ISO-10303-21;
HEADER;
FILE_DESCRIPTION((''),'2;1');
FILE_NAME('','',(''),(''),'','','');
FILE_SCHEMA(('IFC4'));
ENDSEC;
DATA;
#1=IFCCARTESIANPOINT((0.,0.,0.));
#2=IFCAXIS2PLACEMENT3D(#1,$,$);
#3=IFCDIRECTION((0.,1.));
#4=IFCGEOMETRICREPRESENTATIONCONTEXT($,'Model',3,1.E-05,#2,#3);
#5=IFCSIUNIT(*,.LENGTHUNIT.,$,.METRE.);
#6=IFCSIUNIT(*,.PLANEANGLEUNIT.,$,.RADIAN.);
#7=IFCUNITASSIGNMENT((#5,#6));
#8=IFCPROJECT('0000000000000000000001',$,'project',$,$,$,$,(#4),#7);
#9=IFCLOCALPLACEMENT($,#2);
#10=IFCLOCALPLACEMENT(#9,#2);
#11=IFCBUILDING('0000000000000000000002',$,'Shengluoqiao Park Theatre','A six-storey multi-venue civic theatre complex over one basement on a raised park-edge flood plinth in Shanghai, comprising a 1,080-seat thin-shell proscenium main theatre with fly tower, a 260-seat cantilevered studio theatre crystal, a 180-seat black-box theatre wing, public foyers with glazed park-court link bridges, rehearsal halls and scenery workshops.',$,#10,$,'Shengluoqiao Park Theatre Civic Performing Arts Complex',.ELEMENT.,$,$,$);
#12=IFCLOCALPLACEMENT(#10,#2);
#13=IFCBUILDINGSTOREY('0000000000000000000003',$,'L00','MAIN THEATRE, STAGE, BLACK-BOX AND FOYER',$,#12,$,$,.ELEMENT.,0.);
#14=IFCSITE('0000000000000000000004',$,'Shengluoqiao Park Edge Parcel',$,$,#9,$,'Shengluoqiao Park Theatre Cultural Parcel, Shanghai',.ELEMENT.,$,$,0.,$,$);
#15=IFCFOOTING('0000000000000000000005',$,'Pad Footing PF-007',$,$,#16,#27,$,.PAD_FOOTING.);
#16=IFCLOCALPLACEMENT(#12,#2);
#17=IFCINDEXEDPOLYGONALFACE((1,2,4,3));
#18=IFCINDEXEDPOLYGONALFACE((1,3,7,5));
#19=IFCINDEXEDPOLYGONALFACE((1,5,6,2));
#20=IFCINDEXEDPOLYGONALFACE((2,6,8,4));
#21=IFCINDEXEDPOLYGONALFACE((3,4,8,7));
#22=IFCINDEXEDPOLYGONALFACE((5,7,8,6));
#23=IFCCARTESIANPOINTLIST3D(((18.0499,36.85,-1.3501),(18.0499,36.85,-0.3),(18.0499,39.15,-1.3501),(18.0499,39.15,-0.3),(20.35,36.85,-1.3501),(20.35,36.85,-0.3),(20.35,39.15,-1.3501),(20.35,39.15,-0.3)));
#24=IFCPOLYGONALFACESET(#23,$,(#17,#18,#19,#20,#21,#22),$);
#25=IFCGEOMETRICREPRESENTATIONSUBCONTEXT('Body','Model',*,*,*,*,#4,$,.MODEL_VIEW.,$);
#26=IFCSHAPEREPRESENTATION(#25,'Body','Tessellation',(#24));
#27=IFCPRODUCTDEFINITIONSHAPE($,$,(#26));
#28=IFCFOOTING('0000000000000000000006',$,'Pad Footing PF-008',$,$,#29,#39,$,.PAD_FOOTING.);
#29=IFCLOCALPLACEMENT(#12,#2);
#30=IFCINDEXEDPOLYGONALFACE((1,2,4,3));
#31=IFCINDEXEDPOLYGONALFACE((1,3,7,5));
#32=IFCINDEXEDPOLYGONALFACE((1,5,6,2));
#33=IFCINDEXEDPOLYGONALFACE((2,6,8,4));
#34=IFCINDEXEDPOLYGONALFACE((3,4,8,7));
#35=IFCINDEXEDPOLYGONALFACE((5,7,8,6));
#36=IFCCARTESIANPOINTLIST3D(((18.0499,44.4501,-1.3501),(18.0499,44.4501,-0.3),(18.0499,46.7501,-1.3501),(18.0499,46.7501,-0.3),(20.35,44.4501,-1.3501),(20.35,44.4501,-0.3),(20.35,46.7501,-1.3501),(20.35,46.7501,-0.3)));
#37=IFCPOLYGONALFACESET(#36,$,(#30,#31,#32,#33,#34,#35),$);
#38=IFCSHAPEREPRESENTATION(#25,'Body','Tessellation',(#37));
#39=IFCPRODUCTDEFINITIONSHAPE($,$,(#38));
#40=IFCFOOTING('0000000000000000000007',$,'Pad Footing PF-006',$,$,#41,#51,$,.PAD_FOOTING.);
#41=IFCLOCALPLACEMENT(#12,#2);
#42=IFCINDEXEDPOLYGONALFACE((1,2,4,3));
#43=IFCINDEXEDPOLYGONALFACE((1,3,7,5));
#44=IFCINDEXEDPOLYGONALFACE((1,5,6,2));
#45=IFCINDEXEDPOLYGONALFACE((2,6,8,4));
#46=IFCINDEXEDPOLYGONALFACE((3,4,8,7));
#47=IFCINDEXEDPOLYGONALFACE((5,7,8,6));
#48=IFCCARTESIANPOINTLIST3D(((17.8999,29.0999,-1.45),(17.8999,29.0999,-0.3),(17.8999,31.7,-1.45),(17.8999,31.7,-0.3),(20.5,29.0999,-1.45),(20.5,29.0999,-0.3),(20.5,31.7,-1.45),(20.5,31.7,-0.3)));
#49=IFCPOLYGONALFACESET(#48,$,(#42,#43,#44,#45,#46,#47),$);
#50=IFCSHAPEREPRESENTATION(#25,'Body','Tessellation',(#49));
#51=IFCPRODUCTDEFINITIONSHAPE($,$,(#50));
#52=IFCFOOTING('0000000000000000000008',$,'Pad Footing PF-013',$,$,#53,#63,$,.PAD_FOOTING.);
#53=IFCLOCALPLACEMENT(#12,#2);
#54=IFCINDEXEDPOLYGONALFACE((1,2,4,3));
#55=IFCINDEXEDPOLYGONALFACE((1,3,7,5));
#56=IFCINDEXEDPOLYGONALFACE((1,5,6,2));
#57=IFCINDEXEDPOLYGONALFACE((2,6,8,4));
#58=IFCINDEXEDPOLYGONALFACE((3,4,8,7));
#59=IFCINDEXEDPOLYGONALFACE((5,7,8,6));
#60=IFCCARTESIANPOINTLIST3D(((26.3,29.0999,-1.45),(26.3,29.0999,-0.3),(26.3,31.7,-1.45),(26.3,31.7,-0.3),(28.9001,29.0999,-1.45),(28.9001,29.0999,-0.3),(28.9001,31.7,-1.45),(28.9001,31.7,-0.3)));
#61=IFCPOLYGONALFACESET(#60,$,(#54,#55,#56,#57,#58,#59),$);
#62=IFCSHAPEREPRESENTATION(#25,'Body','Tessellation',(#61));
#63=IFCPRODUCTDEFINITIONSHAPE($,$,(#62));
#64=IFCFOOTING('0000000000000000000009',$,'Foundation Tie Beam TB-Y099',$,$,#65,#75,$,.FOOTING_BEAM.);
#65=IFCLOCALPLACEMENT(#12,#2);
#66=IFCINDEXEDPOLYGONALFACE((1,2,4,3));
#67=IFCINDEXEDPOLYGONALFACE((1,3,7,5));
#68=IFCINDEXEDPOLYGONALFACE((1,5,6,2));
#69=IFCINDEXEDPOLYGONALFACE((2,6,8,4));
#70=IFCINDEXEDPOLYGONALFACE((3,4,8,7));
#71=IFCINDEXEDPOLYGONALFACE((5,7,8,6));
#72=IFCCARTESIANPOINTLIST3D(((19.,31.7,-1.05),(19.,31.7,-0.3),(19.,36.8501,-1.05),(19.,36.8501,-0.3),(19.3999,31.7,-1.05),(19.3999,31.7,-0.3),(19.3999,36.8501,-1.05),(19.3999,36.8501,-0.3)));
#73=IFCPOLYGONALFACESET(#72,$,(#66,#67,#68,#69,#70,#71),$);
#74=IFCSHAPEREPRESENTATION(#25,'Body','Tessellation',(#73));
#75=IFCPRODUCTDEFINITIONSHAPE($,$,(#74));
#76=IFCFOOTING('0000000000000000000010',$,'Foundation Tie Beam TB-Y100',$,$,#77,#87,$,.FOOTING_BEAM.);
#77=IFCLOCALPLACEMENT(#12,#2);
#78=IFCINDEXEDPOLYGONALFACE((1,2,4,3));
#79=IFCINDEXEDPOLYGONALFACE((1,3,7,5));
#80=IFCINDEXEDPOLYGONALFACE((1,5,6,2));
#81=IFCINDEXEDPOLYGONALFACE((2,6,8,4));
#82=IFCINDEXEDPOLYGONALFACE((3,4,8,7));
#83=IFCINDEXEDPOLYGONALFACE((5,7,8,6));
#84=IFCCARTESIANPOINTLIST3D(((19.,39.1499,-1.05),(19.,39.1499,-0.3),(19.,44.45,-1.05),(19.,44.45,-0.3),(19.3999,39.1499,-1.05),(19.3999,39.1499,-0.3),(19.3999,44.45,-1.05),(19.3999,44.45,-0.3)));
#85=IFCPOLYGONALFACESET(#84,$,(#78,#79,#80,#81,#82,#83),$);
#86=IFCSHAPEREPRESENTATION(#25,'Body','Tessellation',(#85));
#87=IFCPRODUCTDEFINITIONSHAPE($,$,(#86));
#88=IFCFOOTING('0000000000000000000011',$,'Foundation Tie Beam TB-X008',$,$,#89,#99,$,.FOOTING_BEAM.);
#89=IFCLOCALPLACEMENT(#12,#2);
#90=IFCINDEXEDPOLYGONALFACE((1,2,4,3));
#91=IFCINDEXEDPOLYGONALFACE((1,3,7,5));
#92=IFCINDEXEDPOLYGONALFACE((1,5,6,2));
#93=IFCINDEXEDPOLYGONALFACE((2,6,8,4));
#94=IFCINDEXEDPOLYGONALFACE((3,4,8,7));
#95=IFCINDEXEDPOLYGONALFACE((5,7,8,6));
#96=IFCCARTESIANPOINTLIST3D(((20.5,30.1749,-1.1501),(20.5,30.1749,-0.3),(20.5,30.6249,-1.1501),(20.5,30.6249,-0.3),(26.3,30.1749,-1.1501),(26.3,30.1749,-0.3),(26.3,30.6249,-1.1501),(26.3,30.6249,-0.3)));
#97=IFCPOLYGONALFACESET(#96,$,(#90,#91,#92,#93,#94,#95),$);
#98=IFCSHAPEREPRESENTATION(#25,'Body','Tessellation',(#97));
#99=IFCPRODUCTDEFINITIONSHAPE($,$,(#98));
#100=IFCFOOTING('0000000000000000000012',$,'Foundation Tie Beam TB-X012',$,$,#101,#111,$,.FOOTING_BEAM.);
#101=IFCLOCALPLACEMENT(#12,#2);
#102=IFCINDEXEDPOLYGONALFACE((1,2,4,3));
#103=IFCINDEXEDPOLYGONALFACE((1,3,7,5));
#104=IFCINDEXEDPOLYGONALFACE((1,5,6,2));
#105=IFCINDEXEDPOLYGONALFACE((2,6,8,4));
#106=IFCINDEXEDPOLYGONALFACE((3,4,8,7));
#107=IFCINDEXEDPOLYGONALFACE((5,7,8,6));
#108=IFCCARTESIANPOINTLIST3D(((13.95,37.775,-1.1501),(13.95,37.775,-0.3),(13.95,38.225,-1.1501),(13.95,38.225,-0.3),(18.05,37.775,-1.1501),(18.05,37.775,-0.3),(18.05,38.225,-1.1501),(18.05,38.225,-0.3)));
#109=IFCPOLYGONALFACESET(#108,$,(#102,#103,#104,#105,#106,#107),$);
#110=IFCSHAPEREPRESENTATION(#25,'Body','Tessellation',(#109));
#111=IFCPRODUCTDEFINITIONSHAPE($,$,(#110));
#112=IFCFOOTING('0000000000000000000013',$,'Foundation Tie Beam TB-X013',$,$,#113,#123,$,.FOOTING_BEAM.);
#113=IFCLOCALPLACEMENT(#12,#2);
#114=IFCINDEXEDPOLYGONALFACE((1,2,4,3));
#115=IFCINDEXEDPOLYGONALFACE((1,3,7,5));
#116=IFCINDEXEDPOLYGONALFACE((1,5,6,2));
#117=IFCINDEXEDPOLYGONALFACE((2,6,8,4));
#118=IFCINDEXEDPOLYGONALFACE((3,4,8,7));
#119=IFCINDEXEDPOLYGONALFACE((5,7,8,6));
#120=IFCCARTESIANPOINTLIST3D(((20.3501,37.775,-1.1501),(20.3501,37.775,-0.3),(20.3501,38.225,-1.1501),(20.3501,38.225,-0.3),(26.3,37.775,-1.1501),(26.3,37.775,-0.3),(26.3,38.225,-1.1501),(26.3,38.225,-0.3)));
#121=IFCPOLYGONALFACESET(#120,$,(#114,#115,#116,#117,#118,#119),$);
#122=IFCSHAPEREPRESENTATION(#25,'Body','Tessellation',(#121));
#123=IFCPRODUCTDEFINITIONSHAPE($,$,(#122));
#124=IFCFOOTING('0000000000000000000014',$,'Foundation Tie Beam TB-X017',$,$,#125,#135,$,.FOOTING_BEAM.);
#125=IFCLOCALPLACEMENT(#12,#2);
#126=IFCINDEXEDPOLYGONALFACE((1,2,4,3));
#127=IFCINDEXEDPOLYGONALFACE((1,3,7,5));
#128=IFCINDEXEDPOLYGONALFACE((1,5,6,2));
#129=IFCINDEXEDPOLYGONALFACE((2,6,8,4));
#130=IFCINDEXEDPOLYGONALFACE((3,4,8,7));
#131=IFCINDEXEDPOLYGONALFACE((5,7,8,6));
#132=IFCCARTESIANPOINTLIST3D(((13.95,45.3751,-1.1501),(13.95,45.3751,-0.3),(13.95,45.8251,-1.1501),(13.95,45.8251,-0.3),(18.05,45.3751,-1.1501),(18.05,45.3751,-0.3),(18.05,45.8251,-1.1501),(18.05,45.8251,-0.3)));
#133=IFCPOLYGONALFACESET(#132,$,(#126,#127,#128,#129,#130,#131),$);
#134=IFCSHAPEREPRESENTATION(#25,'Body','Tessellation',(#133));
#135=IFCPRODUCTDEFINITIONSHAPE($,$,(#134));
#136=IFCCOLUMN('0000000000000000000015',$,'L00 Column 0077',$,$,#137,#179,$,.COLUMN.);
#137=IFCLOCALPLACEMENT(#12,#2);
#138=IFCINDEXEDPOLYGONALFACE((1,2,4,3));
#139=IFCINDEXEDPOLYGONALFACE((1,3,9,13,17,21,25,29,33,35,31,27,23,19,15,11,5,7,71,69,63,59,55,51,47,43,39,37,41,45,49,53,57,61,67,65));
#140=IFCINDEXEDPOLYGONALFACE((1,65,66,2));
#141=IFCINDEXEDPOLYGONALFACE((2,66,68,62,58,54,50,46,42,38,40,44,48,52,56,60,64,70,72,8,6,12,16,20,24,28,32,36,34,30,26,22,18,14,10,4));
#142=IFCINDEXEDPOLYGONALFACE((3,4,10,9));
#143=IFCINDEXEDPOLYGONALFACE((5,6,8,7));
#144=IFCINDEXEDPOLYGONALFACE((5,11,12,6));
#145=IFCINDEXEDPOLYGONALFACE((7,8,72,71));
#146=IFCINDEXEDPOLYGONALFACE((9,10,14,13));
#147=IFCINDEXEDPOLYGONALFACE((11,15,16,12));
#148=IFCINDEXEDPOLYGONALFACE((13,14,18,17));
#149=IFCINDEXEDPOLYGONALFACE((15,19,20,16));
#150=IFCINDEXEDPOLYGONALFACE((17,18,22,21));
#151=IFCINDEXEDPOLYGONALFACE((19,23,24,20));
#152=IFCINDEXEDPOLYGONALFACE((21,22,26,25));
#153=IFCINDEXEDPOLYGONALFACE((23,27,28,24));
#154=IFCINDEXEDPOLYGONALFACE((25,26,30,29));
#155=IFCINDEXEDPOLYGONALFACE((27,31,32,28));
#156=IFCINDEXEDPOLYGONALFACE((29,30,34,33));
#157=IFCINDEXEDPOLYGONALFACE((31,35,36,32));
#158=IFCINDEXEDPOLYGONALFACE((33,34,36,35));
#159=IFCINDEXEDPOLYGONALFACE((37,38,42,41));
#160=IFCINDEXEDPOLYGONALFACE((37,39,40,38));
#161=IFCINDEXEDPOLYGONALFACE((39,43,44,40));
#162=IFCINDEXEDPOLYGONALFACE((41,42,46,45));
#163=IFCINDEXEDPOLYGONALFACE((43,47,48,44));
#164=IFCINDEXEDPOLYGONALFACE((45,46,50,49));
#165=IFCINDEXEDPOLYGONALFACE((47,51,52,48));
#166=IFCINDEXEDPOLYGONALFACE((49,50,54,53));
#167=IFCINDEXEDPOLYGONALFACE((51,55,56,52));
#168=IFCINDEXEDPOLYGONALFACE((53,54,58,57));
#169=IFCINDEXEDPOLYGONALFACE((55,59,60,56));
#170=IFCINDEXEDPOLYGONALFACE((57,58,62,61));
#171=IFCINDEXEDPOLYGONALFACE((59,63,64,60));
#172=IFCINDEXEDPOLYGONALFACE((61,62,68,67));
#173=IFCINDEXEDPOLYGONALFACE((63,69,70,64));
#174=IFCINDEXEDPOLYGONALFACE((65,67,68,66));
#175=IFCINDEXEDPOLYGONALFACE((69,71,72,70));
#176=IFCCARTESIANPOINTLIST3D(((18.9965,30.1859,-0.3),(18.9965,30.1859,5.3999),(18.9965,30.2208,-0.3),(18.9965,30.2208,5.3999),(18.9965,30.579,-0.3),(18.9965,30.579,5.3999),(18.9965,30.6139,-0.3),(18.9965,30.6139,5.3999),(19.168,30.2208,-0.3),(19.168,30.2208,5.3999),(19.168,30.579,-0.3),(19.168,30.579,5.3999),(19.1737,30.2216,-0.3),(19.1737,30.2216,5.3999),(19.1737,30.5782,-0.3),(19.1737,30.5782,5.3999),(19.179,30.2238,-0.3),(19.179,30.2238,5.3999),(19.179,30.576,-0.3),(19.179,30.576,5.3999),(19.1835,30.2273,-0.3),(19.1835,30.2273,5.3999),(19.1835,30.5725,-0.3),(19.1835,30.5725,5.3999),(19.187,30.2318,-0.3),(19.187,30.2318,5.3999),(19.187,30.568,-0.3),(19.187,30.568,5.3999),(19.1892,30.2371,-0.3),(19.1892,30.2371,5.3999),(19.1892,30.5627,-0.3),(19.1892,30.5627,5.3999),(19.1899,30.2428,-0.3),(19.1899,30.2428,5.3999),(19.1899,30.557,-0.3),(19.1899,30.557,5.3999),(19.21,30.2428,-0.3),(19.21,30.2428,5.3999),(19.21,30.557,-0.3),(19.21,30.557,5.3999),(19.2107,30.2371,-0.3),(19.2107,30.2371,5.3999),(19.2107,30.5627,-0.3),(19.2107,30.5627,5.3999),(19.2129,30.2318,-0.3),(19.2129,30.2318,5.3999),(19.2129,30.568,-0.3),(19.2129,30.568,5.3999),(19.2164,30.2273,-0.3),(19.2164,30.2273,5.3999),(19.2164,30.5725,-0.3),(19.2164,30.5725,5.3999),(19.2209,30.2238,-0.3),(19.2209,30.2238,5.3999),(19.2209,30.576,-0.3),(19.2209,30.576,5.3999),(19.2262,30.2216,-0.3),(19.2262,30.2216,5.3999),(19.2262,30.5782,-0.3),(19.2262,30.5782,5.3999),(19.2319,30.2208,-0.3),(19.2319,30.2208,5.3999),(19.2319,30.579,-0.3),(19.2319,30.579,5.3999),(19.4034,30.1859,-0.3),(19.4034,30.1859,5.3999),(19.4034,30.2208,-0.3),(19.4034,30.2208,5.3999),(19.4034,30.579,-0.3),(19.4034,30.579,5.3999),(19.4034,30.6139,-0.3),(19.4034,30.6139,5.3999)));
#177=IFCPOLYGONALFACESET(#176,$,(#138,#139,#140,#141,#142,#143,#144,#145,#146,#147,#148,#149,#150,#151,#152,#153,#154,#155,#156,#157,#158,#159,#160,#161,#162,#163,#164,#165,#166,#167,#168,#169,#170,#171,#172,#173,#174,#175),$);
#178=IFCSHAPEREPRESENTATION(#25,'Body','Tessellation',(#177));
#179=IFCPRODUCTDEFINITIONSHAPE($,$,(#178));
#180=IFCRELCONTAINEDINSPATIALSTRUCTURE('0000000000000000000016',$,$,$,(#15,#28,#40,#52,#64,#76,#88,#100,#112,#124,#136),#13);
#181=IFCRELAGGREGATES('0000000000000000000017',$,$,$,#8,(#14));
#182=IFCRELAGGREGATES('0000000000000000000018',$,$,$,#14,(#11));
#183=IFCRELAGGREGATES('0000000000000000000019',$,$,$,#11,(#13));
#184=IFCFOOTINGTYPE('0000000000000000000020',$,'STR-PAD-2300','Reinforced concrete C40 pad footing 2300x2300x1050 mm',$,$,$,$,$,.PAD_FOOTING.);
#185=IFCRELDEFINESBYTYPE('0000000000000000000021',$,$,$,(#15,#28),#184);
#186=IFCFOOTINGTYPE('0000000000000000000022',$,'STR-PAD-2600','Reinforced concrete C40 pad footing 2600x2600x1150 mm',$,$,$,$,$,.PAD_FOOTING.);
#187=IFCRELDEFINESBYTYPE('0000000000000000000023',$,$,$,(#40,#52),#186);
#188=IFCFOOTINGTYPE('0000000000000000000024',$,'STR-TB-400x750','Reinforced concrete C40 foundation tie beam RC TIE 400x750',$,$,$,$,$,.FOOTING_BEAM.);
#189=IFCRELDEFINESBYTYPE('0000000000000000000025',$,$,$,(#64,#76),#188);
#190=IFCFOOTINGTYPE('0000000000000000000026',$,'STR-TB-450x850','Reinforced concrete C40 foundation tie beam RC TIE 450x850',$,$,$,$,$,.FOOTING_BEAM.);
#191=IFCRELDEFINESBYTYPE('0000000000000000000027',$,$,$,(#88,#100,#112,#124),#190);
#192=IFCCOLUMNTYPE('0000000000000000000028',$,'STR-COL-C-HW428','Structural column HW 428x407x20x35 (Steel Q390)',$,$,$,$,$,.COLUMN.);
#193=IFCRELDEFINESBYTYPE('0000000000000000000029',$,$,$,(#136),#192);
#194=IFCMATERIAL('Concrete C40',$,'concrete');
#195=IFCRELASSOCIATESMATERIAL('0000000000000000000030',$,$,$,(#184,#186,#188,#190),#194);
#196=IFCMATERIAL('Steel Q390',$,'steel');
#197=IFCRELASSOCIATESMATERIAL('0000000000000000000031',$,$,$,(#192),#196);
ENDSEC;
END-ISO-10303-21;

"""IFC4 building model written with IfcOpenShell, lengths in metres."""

from ifc_helpers import new_model, si_unit, direction, frame, origin, origin_2d, place, context, subcontext, project, spatial, rectangle, i_section, extrude, material, material_profile, profile_set, type_object, element, save


model = new_model("IFC4")

# Units and contexts
model_context = context("Model", 3, precision=1e-05, world=origin(), true_north=direction((0.0, 1.0)))
body_context = subcontext(model_context, "Body", "Model", "MODEL_VIEW")
ifc_project = project(units=[si_unit("LENGTHUNIT", "METRE"), si_unit("PLANEANGLEUNIT", "RADIAN")], contexts=[model_context])

# Site, building, storey
site_placement = place(None, origin())
site = spatial("IfcSite", under=ifc_project, at=site_placement, Name="Shengluoqiao Park Edge Parcel", LongName="Shengluoqiao Park Theatre Cultural Parcel, Shanghai", CompositionType="ELEMENT", RefElevation=0.0)
building_placement = place(site_placement, origin())
building = spatial("IfcBuilding", under=site, at=building_placement, Name="Shengluoqiao Park Theatre", Description="A six-storey multi-venue civic theatre complex over one basement on a raised park-edge flood plinth in Shanghai, comprising a 1,080-seat thin-shell proscenium main theatre with fly tower, a 260-seat cantilevered studio theatre crystal, a 180-seat black-box theatre wing, public foyers with glazed park-court link bridges, rehearsal halls and scenery workshops.", LongName="Shengluoqiao Park Theatre Civic Performing Arts Complex", CompositionType="ELEMENT")
storey_placement = place(building_placement, origin())
storey = spatial("IfcBuildingStorey", under=building, at=storey_placement, Name="L00", Description="MAIN THEATRE, STAGE, BLACK-BOX AND FOYER", CompositionType="ELEMENT", Elevation=0.0)

# Footings
ifc_material_1 = material(Name="Concrete C40", Category="concrete")
footing_type_1 = type_object("IfcFootingType", Name="STR-PAD-2300", Description="Reinforced concrete C40 pad footing 2300x2300x1050 mm", PredefinedType="PAD_FOOTING", material=ifc_material_1)
for number, where, z_axis, x_axis, name in (
    (1, (19.2, 38.0, -1.3501), (0.0, 0.0, 1.0), (1.0, 0.0, 0.0), "Pad Footing PF-007"),
    (2, (19.2, 45.6001, -1.3501), (0.0, 0.0, 1.0), (1.0, 0.0, 0.0), "Pad Footing PF-008"),
):
    element("IfcFooting", number, at=place(storey_placement, frame(where, z_axis=z_axis, x_axis=x_axis)), inside=storey, type_object=footing_type_1, Name=name, PredefinedType="PAD_FOOTING", context=body_context, shape_type="SweptSolid", body=[
        extrude(rectangle(XDim=2.3, YDim=2.3, at=origin_2d()), origin(), (0.0, 0.0, 1.0), 1.05),
    ])
footing_type_2 = type_object("IfcFootingType", Name="STR-PAD-2600", Description="Reinforced concrete C40 pad footing 2600x2600x1150 mm", PredefinedType="PAD_FOOTING", material=ifc_material_1)
for number, where, z_axis, x_axis, name in (
    (3, (19.2, 30.3999, -1.45), (0.0, 0.0, 1.0), (1.0, 0.0, 0.0), "Pad Footing PF-006"),
    (4, (27.6001, 30.3999, -1.45), (0.0, 0.0, 1.0), (1.0, 0.0, 0.0), "Pad Footing PF-013"),
):
    element("IfcFooting", number, at=place(storey_placement, frame(where, z_axis=z_axis, x_axis=x_axis)), inside=storey, type_object=footing_type_2, Name=name, PredefinedType="PAD_FOOTING", context=body_context, shape_type="SweptSolid", body=[
        extrude(rectangle(XDim=2.6001, YDim=2.6001, at=origin_2d()), origin(), (0.0, 0.0, 1.0), 1.1499),
    ])
ifc_material_profile_1 = material_profile(ifc_material_1, rectangle(XDim=0.3999, YDim=0.75, at=origin_2d()), Name="RC TIE 400x750")
ifc_profile_set_1 = profile_set([ifc_material_profile_1], Name="Concrete C40")
footing_type_3 = type_object("IfcFootingType", Name="STR-TB-400x750", Description="Reinforced concrete C40 foundation tie beam RC TIE 400x750", PredefinedType="FOOTING_BEAM", material=ifc_profile_set_1)
footing_1_placement = place(storey_placement, frame((19.2, 31.7, -0.675), z_axis=(0.0, 1.0, 0.0), x_axis=(-1.0, 0.0, 0.0)))
element("IfcFooting", 5, at=footing_1_placement, inside=storey, type_object=footing_type_3, Name="Foundation Tie Beam TB-Y099", PredefinedType="FOOTING_BEAM", context=body_context, shape_type="SweptSolid", body=[
    extrude(rectangle(XDim=0.3999, YDim=0.75, at=origin_2d()), origin(), (0.0, 0.0, 1.0), 5.1501),
])
footing_2_placement = place(storey_placement, frame((19.2, 39.1499, -0.675), z_axis=(0.0, 1.0, 0.0), x_axis=(-1.0, 0.0, 0.0)))
element("IfcFooting", 6, at=footing_2_placement, inside=storey, type_object=footing_type_3, Name="Foundation Tie Beam TB-Y100", PredefinedType="FOOTING_BEAM", context=body_context, shape_type="SweptSolid", body=[
    extrude(rectangle(XDim=0.3999, YDim=0.75, at=origin_2d()), origin(), (0.0, 0.0, 1.0), 5.3),
])
ifc_material_profile_2 = material_profile(ifc_material_1, rectangle(XDim=0.45, YDim=0.8501, at=origin_2d()), Name="RC TIE 450x850")
ifc_profile_set_2 = profile_set([ifc_material_profile_2], Name="Concrete C40")
footing_type_4 = type_object("IfcFootingType", Name="STR-TB-450x850", Description="Reinforced concrete C40 foundation tie beam RC TIE 450x850", PredefinedType="FOOTING_BEAM", material=ifc_profile_set_2)
footing_3_placement = place(storey_placement, frame((20.5, 30.3999, -0.7251), z_axis=(1.0, 0.0, 0.0), x_axis=(0.0, 1.0, 0.0)))
element("IfcFooting", 7, at=footing_3_placement, inside=storey, type_object=footing_type_4, Name="Foundation Tie Beam TB-X008", PredefinedType="FOOTING_BEAM", context=body_context, shape_type="SweptSolid", body=[
    extrude(rectangle(XDim=0.45, YDim=0.8501, at=origin_2d()), origin(), (0.0, 0.0, 1.0), 5.8),
])
footing_4_placement = place(storey_placement, frame((13.95, 38.0, -0.7251), z_axis=(1.0, 0.0, 0.0), x_axis=(0.0, 1.0, 0.0)))
element("IfcFooting", 8, at=footing_4_placement, inside=storey, type_object=footing_type_4, Name="Foundation Tie Beam TB-X012", PredefinedType="FOOTING_BEAM", context=body_context, shape_type="SweptSolid", body=[
    extrude(rectangle(XDim=0.45, YDim=0.8501, at=origin_2d()), origin(), (0.0, 0.0, 1.0), 4.1001),
])
footing_5_placement = place(storey_placement, frame((20.3501, 38.0, -0.7251), z_axis=(1.0, 0.0, 0.0), x_axis=(0.0, 1.0, 0.0)))
element("IfcFooting", 9, at=footing_5_placement, inside=storey, type_object=footing_type_4, Name="Foundation Tie Beam TB-X013", PredefinedType="FOOTING_BEAM", context=body_context, shape_type="SweptSolid", body=[
    extrude(rectangle(XDim=0.45, YDim=0.8501, at=origin_2d()), origin(), (0.0, 0.0, 1.0), 5.95),
])
footing_6_placement = place(storey_placement, frame((13.95, 45.6001, -0.7251), z_axis=(1.0, 0.0, 0.0), x_axis=(0.0, 1.0, 0.0)))
element("IfcFooting", 10, at=footing_6_placement, inside=storey, type_object=footing_type_4, Name="Foundation Tie Beam TB-X017", PredefinedType="FOOTING_BEAM", context=body_context, shape_type="SweptSolid", body=[
    extrude(rectangle(XDim=0.45, YDim=0.8501, at=origin_2d()), origin(), (0.0, 0.0, 1.0), 4.1001),
])

# Column
ifc_material_2 = material(Name="Steel Q390", Category="steel")
ifc_material_profile_3 = material_profile(ifc_material_2, i_section(OverallWidth=0.407, OverallDepth=0.428, WebThickness=0.02, FlangeThickness=0.0349, FilletRadius=0.022, at=origin_2d()), Name="HW 428x407x20x35")
ifc_profile_set_3 = profile_set([ifc_material_profile_3], Name="Steel Q390")
column_type = type_object("IfcColumnType", Name="STR-COL-C-HW428", Description="Structural column HW 428x407x20x35 (Steel Q390)", PredefinedType="COLUMN", material=ifc_profile_set_3)
for number, where, z_axis, x_axis, name in (
    (11, (19.2, 30.3999, -0.3), (0.0, 0.0, 1.0), (1.0, 0.0, 0.0), "L00 Column 0077"),
):
    element("IfcColumn", number, at=place(storey_placement, frame(where, z_axis=z_axis, x_axis=x_axis)), inside=storey, type_object=column_type, Name=name, PredefinedType="COLUMN", context=body_context, shape_type="SweptSolid", body=[
        extrude(i_section(OverallWidth=0.407, OverallDepth=0.428, WebThickness=0.02, FlangeThickness=0.0349, FilletRadius=0.022, at=origin_2d()), origin(), (0.0, 0.0, 1.0), 5.7),
    ])

save(model, "model.ifc")
